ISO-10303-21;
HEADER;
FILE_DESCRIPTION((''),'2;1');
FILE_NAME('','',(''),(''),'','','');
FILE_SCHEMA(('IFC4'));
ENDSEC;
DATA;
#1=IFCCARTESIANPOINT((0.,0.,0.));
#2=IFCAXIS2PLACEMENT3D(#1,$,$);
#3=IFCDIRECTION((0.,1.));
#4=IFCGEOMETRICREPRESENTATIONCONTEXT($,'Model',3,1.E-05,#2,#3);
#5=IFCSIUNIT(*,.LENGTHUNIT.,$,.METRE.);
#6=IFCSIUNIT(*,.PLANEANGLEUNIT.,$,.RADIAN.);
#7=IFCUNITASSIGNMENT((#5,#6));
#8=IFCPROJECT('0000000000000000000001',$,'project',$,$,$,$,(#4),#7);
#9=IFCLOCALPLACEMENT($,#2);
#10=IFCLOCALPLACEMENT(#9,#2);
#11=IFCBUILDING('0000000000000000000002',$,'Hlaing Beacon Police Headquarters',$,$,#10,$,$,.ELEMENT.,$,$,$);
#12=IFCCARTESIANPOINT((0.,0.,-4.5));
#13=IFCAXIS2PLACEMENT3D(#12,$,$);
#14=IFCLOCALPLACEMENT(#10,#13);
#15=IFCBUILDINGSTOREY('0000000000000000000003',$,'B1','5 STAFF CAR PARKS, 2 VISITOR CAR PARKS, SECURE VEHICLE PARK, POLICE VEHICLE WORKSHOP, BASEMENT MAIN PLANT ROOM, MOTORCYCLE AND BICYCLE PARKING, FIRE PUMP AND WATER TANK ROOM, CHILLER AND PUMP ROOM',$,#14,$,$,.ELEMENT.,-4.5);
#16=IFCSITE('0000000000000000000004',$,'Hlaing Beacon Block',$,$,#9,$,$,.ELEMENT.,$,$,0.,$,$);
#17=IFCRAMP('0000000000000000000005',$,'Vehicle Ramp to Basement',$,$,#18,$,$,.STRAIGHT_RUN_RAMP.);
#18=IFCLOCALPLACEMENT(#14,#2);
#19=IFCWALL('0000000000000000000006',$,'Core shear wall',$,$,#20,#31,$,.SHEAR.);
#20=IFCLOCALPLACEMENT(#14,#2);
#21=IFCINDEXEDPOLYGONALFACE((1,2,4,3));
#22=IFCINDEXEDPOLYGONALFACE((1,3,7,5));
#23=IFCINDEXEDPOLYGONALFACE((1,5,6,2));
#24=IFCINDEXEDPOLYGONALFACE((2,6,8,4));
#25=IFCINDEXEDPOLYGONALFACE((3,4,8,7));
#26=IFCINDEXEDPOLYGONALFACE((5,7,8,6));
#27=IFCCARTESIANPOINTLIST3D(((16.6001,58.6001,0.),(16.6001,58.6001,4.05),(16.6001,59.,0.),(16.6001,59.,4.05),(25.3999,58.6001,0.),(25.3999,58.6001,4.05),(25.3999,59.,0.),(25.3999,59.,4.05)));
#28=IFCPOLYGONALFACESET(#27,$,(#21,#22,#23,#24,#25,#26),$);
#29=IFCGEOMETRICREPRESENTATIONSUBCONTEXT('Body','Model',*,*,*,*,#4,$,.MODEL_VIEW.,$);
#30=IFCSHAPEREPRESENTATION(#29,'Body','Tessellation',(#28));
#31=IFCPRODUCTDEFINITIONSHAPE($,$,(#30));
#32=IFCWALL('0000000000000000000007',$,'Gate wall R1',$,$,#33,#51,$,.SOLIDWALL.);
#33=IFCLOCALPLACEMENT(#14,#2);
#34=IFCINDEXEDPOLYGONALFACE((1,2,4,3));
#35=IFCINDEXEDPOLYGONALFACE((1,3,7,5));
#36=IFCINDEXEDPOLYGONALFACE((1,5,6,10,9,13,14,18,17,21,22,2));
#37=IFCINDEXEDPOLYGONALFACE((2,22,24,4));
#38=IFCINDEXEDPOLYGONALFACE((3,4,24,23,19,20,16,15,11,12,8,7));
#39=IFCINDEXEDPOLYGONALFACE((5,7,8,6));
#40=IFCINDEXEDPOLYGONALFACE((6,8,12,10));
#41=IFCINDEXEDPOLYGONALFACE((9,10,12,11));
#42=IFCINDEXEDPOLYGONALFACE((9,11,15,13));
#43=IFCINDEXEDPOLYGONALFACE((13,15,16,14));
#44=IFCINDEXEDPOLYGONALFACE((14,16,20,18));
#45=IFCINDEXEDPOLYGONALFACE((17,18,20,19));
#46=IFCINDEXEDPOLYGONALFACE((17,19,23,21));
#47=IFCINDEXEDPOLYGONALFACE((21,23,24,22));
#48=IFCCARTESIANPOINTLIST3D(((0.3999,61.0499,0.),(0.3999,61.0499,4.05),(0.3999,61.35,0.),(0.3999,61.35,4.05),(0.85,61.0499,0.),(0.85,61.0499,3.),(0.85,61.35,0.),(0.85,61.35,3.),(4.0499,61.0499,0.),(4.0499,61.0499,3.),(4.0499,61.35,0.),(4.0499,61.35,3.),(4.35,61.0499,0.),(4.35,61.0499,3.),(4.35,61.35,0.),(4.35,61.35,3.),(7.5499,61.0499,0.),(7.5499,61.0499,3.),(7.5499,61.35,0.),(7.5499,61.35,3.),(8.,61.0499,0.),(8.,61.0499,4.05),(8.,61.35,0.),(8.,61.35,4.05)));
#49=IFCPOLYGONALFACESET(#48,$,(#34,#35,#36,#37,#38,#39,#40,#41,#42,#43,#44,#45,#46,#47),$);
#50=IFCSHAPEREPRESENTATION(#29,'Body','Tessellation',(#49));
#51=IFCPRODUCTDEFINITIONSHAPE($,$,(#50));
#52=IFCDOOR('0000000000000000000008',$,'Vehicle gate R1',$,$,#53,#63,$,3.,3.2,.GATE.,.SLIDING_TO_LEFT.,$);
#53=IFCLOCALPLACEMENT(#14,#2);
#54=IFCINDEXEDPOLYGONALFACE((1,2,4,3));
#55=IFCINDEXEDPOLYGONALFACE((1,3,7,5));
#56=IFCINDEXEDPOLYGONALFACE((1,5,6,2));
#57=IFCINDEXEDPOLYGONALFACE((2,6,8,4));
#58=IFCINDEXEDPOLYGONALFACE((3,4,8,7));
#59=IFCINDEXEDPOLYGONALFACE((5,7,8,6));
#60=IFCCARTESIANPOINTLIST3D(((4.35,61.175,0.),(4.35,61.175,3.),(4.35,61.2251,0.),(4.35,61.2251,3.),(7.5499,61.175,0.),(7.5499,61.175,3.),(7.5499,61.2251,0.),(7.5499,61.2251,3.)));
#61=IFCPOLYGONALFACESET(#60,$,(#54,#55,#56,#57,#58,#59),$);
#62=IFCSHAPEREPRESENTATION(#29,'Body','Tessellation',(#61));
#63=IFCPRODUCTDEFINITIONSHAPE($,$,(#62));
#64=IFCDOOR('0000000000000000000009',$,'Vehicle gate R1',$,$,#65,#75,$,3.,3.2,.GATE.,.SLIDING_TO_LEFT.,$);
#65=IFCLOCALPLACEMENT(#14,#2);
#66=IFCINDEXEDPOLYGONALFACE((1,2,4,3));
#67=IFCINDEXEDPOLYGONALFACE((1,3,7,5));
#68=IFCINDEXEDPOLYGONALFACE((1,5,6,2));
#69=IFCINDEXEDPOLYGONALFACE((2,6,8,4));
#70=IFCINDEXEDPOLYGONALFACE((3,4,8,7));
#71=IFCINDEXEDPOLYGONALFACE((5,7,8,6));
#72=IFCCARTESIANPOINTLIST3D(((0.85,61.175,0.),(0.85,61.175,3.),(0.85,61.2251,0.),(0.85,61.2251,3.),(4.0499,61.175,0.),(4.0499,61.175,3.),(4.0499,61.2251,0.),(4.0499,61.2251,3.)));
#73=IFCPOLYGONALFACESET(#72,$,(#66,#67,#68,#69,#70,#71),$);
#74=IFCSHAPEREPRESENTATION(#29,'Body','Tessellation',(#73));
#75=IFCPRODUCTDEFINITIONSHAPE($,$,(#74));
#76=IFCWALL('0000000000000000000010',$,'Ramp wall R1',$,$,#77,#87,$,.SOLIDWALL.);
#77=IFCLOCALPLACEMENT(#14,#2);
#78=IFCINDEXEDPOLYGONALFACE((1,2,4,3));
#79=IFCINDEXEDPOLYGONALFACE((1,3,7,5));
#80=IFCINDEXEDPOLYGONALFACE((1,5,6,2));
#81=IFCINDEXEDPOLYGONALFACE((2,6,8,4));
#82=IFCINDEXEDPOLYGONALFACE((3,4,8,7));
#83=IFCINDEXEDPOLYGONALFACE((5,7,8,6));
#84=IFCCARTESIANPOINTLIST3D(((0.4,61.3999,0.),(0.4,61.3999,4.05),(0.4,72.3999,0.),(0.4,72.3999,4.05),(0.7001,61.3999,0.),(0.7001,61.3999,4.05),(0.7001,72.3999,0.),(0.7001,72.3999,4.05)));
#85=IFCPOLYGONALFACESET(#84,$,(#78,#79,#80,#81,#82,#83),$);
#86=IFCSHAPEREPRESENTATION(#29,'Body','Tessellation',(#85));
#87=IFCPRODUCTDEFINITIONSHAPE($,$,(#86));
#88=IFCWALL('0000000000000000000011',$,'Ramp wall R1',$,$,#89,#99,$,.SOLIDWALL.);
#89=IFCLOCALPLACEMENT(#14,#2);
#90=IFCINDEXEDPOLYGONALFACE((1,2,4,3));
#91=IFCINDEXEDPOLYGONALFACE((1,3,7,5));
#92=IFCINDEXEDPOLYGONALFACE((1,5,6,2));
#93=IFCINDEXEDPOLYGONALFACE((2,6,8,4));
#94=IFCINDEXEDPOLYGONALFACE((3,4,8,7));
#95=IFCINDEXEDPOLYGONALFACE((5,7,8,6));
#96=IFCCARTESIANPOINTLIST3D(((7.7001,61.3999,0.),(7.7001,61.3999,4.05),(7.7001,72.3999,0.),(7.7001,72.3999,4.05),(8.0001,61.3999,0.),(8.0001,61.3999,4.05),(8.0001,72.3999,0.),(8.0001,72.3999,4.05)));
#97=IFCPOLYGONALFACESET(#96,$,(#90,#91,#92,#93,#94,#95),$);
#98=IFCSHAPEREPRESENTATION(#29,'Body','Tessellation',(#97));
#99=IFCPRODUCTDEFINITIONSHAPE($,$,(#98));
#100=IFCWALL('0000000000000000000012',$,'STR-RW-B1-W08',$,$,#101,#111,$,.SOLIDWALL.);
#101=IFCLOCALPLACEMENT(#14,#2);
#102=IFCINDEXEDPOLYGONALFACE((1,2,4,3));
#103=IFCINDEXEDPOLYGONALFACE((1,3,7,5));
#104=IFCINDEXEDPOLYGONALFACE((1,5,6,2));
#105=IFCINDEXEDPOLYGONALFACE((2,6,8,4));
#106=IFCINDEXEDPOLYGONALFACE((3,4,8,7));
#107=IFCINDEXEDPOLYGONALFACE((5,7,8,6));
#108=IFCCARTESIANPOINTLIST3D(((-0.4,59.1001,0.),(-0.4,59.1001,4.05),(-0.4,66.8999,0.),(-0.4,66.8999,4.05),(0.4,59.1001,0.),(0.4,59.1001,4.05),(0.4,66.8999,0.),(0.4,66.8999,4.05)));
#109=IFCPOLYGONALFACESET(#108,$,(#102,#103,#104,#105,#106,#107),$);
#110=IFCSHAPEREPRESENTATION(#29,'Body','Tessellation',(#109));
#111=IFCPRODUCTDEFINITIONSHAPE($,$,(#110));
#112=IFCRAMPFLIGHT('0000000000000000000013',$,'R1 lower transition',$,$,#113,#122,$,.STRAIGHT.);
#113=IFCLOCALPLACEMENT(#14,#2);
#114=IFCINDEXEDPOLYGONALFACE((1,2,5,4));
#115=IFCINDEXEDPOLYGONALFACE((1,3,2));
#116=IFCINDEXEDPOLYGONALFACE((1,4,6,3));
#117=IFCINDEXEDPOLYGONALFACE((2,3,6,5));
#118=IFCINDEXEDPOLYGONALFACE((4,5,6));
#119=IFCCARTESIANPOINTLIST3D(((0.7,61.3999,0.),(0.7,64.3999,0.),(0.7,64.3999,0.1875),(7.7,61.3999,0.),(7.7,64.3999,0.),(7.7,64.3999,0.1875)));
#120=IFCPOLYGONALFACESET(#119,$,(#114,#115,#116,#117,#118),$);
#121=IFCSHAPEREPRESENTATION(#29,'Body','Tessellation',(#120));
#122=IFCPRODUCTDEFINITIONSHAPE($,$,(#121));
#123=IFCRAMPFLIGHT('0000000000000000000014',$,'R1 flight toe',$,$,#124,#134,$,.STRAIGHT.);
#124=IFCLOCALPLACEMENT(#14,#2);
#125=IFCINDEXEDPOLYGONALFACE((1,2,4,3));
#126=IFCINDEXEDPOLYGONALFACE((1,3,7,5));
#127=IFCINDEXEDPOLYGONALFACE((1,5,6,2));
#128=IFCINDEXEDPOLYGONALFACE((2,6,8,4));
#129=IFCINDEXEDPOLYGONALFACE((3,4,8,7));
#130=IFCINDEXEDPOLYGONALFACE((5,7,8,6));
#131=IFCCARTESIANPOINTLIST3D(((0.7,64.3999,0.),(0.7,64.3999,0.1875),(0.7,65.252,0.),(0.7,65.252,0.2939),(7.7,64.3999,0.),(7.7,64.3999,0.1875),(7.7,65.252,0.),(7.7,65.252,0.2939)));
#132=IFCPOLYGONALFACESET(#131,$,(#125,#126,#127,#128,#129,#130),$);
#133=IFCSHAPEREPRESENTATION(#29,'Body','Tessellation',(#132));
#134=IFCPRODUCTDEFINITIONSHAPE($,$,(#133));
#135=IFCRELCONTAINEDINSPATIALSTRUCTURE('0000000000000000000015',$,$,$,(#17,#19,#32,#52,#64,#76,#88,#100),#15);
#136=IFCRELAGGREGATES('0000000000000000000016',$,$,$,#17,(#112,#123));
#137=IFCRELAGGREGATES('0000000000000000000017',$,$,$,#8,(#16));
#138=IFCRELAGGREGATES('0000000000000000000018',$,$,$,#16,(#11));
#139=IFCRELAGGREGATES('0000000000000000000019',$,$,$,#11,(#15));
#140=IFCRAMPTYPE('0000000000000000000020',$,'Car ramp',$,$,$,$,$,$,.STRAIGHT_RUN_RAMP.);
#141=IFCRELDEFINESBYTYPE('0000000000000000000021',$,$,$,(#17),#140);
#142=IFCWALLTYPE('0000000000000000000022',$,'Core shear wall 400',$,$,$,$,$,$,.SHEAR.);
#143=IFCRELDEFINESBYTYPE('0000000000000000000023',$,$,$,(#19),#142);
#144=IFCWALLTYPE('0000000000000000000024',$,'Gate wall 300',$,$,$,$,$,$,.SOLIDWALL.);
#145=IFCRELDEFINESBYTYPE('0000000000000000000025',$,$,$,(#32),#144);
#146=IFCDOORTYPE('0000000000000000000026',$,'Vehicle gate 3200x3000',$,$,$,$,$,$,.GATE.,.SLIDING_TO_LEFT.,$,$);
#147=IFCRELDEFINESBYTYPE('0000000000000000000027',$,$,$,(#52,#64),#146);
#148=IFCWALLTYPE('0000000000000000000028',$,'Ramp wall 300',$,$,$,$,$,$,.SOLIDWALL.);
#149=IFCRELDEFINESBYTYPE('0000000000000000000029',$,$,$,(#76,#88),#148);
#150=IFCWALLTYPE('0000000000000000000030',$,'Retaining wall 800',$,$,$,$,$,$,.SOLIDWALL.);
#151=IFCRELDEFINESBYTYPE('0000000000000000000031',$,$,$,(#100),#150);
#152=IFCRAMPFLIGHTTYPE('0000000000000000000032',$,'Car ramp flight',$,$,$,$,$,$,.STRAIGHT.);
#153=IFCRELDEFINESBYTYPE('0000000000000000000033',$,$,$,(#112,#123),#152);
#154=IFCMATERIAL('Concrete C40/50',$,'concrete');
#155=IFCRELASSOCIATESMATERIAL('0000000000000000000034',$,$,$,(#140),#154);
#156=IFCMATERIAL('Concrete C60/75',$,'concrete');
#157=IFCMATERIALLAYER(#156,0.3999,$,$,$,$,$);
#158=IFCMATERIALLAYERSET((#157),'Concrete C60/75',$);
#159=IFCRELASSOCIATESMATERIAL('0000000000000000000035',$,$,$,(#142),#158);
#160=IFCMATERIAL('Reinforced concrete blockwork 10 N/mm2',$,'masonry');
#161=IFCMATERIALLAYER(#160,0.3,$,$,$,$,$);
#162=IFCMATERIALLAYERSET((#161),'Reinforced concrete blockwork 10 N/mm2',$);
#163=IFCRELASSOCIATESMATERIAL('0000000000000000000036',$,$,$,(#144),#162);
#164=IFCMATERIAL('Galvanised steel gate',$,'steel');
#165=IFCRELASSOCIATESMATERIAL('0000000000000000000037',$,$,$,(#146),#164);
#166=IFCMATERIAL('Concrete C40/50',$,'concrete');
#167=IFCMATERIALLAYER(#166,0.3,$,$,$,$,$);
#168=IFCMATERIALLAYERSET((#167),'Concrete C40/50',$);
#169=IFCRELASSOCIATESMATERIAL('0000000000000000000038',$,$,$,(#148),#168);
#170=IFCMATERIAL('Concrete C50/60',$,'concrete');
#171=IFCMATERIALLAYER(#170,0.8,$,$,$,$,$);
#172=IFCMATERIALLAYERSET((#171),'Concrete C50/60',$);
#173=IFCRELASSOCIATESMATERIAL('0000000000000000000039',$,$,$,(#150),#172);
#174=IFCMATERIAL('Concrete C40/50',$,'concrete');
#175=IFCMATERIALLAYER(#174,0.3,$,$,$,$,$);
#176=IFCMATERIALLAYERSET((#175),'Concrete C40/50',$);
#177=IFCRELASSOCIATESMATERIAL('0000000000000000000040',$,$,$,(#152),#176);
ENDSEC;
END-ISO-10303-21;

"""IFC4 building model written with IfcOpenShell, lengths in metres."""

from ifc_helpers import new_model, si_unit, direction, frame, frame_2d, origin, place, context, subcontext, project, spatial, polyline, rectangle, outline, extrude, material, layer, layer_set, type_object, element, fill, aggregate, save


model = new_model("IFC4")

# Units and contexts
model_context = context("Model", 3, precision=1e-05, world=origin(), true_north=direction((0.0, 1.0)))
body_context = subcontext(model_context, "Body", "Model", "MODEL_VIEW")
ifc_project = project(units=[si_unit("LENGTHUNIT", "METRE"), si_unit("PLANEANGLEUNIT", "RADIAN")], contexts=[model_context])

# Site, building, storey
site_placement = place(None, origin())
site = spatial("IfcSite", under=ifc_project, at=site_placement, Name="Hlaing Beacon Block", CompositionType="ELEMENT", RefElevation=0.0)
building_placement = place(site_placement, origin())
building = spatial("IfcBuilding", under=site, at=building_placement, Name="Hlaing Beacon Police Headquarters", CompositionType="ELEMENT")
storey_placement = place(building_placement, frame((0.0, 0.0, -4.5)))
storey = spatial("IfcBuildingStorey", under=building, at=storey_placement, Name="B1", Description="5 STAFF CAR PARKS, 2 VISITOR CAR PARKS, SECURE VEHICLE PARK, POLICE VEHICLE WORKSHOP, BASEMENT MAIN PLANT ROOM, MOTORCYCLE AND BICYCLE PARKING, FIRE PUMP AND WATER TANK ROOM, CHILLER AND PUMP ROOM", CompositionType="ELEMENT", Elevation=-4.5)

# Ramp
ifc_material_1 = material(Name="Concrete C40/50", Category="concrete")
ramp_type = type_object("IfcRampType", Name="Car ramp", PredefinedType="STRAIGHT_RUN_RAMP", material=ifc_material_1)
ramp_placement = place(storey_placement, origin())
ramp = element("IfcRamp", 1, at=ramp_placement, inside=storey, type_object=ramp_type, Name="Vehicle Ramp to Basement", PredefinedType="STRAIGHT_RUN_RAMP")

# Wall
ifc_material_2 = material(Name="Concrete C60/75", Category="concrete")
ifc_layer_1 = layer(ifc_material_2, 0.3999)
ifc_layer_set_1 = layer_set([ifc_layer_1], Name="Concrete C60/75")
wall_type_1 = type_object("IfcWallType", Name="Core shear wall 400", PredefinedType="SHEAR", material=ifc_layer_set_1)
wall_1_placement = place(storey_placement, frame((16.6001, 58.8, 0.0), z_axis=(0.0, 0.0, 1.0), x_axis=(1.0, 0.0, 0.0)))
element("IfcWall", 2, at=wall_1_placement, inside=storey, type_object=wall_type_1, Name="Core shear wall", PredefinedType="SHEAR", context=body_context, shape_type="SweptSolid", body=[
    extrude(rectangle(XDim=8.7998, YDim=0.3999, at=frame_2d((4.3999, 0.0))), origin(), (0.0, 0.0, 1.0), 4.05),
])

# Wall, openings, doors
ifc_material_3 = material(Name="Reinforced concrete blockwork 10 N/mm2", Category="masonry")
ifc_layer_2 = layer(ifc_material_3, 0.3)
ifc_layer_set_2 = layer_set([ifc_layer_2], Name="Reinforced concrete blockwork 10 N/mm2")
wall_type_2 = type_object("IfcWallType", Name="Gate wall 300", PredefinedType="SOLIDWALL", material=ifc_layer_set_2)
wall_2_placement = place(storey_placement, frame((8.0, 61.2, 0.0), z_axis=(0.0, 0.0, 1.0), x_axis=(-1.0, 0.0, 0.0)))
wall_2 = element("IfcWall", 3, at=wall_2_placement, inside=storey, type_object=wall_type_2, Name="Gate wall R1", PredefinedType="SOLIDWALL", context=body_context, shape_type="SweptSolid", body=[
    extrude(rectangle(XDim=7.6001, YDim=0.3, at=frame_2d((3.8, 0.0))), origin(), (0.0, 0.0, 1.0), 4.05),
])
opening_1_placement = place(wall_2_placement, frame((0.45, 0.0, 0.0)))
opening_1 = element("IfcOpeningElement", 4, at=opening_1_placement, cuts=wall_2, PredefinedType="OPENING", context=body_context, shape_type="SweptSolid", body=[
    extrude(rectangle(XDim=3.2, YDim=3.0, at=frame_2d((1.6001, 1.5))), frame((0.0, 0.1602, 0.0), z_axis=(0.0, -1.0, 0.0), x_axis=(1.0, 0.0, 0.0)), (0.0, 0.0, 1.0), 0.3201),
])
opening_2_placement = place(wall_2_placement, frame((3.95, 0.0, 0.0)))
opening_2 = element("IfcOpeningElement", 5, at=opening_2_placement, cuts=wall_2, PredefinedType="OPENING", context=body_context, shape_type="SweptSolid", body=[
    extrude(rectangle(XDim=3.2, YDim=3.0, at=frame_2d((1.6001, 1.5))), frame((0.0, 0.1602, 0.0), z_axis=(0.0, -1.0, 0.0), x_axis=(1.0, 0.0, 0.0)), (0.0, 0.0, 1.0), 0.3201),
])
ifc_material_4 = material(Name="Galvanised steel gate", Category="steel")
door_type = type_object("IfcDoorType", Name="Vehicle gate 3200x3000", OperationType="SLIDING_TO_LEFT", PredefinedType="GATE", material=ifc_material_4)
door_1_placement = place(opening_1_placement, origin())
door_1 = element("IfcDoor", 6, at=door_1_placement, inside=storey, type_object=door_type, Name="Vehicle gate R1", OperationType="SLIDING_TO_LEFT", OverallHeight=3.0, OverallWidth=3.2, PredefinedType="GATE", context=body_context, shape_type="SweptSolid", body=[
    extrude(rectangle(XDim=3.2, YDim=3.0, at=frame_2d((1.6001, 1.5))), frame((0.0, 0.0249, 0.0), z_axis=(0.0, -1.0, 0.0), x_axis=(1.0, 0.0, 0.0)), (0.0, 0.0, 1.0), 0.05),
])
fill(opening_1, door_1)
door_2_placement = place(opening_2_placement, origin())
door_2 = element("IfcDoor", 7, at=door_2_placement, inside=storey, type_object=door_type, Name="Vehicle gate R1", OperationType="SLIDING_TO_LEFT", OverallHeight=3.0, OverallWidth=3.2, PredefinedType="GATE", context=body_context, shape_type="SweptSolid", body=[
    extrude(rectangle(XDim=3.2, YDim=3.0, at=frame_2d((1.6001, 1.5))), frame((0.0, 0.0249, 0.0), z_axis=(0.0, -1.0, 0.0), x_axis=(1.0, 0.0, 0.0)), (0.0, 0.0, 1.0), 0.05),
])
fill(opening_2, door_2)

# Walls
ifc_material_5 = material(Name="Concrete C40/50", Category="concrete")
ifc_layer_3 = layer(ifc_material_5, 0.3)
ifc_layer_set_3 = layer_set([ifc_layer_3], Name="Concrete C40/50")
wall_type_3 = type_object("IfcWallType", Name="Ramp wall 300", PredefinedType="SOLIDWALL", material=ifc_layer_set_3)
for number, where, z_axis, x_axis, name in (
    (8, (0.55, 61.3999, 0.0), (0.0, 0.0, 1.0), (0.0, 1.0, 0.0), "Ramp wall R1"),
    (9, (7.8501, 61.3999, 0.0), (0.0, 0.0, 1.0), (0.0, 1.0, 0.0), "Ramp wall R1"),
):
    element("IfcWall", number, at=place(storey_placement, frame(where, z_axis=z_axis, x_axis=x_axis)), inside=storey, type_object=wall_type_3, Name=name, PredefinedType="SOLIDWALL", context=body_context, shape_type="SweptSolid", body=[
        extrude(rectangle(XDim=11.0, YDim=0.3, at=frame_2d((5.5, 0.0))), origin(), (0.0, 0.0, 1.0), 4.05),
    ])
ifc_material_6 = material(Name="Concrete C50/60", Category="concrete")
ifc_layer_4 = layer(ifc_material_6, 0.8)
ifc_layer_set_4 = layer_set([ifc_layer_4], Name="Concrete C50/60")
wall_type_4 = type_object("IfcWallType", Name="Retaining wall 800", PredefinedType="SOLIDWALL", material=ifc_layer_set_4)
wall_3_placement = place(storey_placement, frame((0.0, 59.1001, 0.0), z_axis=(0.0, 0.0, 1.0), x_axis=(0.0, 1.0, 0.0)))
element("IfcWall", 10, at=wall_3_placement, inside=storey, type_object=wall_type_4, Name="STR-RW-B1-W08", PredefinedType="SOLIDWALL", context=body_context, shape_type="SweptSolid", body=[
    extrude(rectangle(XDim=7.7998, YDim=0.8, at=frame_2d((3.8999, 0.0))), origin(), (0.0, 0.0, 1.0), 4.05),
])

# Ramp flights
ifc_material_7 = material(Name="Concrete C40/50", Category="concrete")
ifc_layer_5 = layer(ifc_material_7, 0.3)
ifc_layer_set_5 = layer_set([ifc_layer_5], Name="Concrete C40/50")
ramp_flight_type = type_object("IfcRampFlightType", Name="Car ramp flight", PredefinedType="STRAIGHT", material=ifc_layer_set_5)
ramp_flight_1_placement = place(storey_placement, frame((4.2, 61.3999, 0.0), z_axis=(0.0, 0.0, 1.0), x_axis=(0.0, 1.0, 0.0)))
ramp_flight_1 = element("IfcRampFlight", 11, at=ramp_flight_1_placement, type_object=ramp_flight_type, Name="R1 lower transition", PredefinedType="STRAIGHT", context=body_context, shape_type="SweptSolid", body=[
    extrude(outline(polyline([(0.0, 0.0), (3.0, 0.1875), (3.0, 0.0), (0.0, 0.0)])), frame((0.0, 3.5, 0.0), z_axis=(0.0, -1.0, 0.0), x_axis=(1.0, 0.0, 0.0)), (0.0, 0.0, 1.0), 7.0),
])
ramp_flight_2_placement = place(storey_placement, frame((4.2, 64.3999, 0.1875), z_axis=(0.0, 0.0, 1.0), x_axis=(0.0, 1.0, 0.0)))
ramp_flight_2 = element("IfcRampFlight", 12, at=ramp_flight_2_placement, type_object=ramp_flight_type, Name="R1 flight toe", PredefinedType="STRAIGHT", context=body_context, shape_type="SweptSolid", body=[
    extrude(outline(polyline([(0.0, 0.0), (0.8521, 0.1064), (0.8521, -0.1875), (0.0, -0.1875), (0.0, 0.0)])), frame((0.0, 3.5, 0.0), z_axis=(0.0, -1.0, 0.0), x_axis=(1.0, 0.0, 0.0)), (0.0, 0.0, 1.0), 7.0),
])
aggregate(ramp, [ramp_flight_1, ramp_flight_2])

save(model, "model.ifc")
